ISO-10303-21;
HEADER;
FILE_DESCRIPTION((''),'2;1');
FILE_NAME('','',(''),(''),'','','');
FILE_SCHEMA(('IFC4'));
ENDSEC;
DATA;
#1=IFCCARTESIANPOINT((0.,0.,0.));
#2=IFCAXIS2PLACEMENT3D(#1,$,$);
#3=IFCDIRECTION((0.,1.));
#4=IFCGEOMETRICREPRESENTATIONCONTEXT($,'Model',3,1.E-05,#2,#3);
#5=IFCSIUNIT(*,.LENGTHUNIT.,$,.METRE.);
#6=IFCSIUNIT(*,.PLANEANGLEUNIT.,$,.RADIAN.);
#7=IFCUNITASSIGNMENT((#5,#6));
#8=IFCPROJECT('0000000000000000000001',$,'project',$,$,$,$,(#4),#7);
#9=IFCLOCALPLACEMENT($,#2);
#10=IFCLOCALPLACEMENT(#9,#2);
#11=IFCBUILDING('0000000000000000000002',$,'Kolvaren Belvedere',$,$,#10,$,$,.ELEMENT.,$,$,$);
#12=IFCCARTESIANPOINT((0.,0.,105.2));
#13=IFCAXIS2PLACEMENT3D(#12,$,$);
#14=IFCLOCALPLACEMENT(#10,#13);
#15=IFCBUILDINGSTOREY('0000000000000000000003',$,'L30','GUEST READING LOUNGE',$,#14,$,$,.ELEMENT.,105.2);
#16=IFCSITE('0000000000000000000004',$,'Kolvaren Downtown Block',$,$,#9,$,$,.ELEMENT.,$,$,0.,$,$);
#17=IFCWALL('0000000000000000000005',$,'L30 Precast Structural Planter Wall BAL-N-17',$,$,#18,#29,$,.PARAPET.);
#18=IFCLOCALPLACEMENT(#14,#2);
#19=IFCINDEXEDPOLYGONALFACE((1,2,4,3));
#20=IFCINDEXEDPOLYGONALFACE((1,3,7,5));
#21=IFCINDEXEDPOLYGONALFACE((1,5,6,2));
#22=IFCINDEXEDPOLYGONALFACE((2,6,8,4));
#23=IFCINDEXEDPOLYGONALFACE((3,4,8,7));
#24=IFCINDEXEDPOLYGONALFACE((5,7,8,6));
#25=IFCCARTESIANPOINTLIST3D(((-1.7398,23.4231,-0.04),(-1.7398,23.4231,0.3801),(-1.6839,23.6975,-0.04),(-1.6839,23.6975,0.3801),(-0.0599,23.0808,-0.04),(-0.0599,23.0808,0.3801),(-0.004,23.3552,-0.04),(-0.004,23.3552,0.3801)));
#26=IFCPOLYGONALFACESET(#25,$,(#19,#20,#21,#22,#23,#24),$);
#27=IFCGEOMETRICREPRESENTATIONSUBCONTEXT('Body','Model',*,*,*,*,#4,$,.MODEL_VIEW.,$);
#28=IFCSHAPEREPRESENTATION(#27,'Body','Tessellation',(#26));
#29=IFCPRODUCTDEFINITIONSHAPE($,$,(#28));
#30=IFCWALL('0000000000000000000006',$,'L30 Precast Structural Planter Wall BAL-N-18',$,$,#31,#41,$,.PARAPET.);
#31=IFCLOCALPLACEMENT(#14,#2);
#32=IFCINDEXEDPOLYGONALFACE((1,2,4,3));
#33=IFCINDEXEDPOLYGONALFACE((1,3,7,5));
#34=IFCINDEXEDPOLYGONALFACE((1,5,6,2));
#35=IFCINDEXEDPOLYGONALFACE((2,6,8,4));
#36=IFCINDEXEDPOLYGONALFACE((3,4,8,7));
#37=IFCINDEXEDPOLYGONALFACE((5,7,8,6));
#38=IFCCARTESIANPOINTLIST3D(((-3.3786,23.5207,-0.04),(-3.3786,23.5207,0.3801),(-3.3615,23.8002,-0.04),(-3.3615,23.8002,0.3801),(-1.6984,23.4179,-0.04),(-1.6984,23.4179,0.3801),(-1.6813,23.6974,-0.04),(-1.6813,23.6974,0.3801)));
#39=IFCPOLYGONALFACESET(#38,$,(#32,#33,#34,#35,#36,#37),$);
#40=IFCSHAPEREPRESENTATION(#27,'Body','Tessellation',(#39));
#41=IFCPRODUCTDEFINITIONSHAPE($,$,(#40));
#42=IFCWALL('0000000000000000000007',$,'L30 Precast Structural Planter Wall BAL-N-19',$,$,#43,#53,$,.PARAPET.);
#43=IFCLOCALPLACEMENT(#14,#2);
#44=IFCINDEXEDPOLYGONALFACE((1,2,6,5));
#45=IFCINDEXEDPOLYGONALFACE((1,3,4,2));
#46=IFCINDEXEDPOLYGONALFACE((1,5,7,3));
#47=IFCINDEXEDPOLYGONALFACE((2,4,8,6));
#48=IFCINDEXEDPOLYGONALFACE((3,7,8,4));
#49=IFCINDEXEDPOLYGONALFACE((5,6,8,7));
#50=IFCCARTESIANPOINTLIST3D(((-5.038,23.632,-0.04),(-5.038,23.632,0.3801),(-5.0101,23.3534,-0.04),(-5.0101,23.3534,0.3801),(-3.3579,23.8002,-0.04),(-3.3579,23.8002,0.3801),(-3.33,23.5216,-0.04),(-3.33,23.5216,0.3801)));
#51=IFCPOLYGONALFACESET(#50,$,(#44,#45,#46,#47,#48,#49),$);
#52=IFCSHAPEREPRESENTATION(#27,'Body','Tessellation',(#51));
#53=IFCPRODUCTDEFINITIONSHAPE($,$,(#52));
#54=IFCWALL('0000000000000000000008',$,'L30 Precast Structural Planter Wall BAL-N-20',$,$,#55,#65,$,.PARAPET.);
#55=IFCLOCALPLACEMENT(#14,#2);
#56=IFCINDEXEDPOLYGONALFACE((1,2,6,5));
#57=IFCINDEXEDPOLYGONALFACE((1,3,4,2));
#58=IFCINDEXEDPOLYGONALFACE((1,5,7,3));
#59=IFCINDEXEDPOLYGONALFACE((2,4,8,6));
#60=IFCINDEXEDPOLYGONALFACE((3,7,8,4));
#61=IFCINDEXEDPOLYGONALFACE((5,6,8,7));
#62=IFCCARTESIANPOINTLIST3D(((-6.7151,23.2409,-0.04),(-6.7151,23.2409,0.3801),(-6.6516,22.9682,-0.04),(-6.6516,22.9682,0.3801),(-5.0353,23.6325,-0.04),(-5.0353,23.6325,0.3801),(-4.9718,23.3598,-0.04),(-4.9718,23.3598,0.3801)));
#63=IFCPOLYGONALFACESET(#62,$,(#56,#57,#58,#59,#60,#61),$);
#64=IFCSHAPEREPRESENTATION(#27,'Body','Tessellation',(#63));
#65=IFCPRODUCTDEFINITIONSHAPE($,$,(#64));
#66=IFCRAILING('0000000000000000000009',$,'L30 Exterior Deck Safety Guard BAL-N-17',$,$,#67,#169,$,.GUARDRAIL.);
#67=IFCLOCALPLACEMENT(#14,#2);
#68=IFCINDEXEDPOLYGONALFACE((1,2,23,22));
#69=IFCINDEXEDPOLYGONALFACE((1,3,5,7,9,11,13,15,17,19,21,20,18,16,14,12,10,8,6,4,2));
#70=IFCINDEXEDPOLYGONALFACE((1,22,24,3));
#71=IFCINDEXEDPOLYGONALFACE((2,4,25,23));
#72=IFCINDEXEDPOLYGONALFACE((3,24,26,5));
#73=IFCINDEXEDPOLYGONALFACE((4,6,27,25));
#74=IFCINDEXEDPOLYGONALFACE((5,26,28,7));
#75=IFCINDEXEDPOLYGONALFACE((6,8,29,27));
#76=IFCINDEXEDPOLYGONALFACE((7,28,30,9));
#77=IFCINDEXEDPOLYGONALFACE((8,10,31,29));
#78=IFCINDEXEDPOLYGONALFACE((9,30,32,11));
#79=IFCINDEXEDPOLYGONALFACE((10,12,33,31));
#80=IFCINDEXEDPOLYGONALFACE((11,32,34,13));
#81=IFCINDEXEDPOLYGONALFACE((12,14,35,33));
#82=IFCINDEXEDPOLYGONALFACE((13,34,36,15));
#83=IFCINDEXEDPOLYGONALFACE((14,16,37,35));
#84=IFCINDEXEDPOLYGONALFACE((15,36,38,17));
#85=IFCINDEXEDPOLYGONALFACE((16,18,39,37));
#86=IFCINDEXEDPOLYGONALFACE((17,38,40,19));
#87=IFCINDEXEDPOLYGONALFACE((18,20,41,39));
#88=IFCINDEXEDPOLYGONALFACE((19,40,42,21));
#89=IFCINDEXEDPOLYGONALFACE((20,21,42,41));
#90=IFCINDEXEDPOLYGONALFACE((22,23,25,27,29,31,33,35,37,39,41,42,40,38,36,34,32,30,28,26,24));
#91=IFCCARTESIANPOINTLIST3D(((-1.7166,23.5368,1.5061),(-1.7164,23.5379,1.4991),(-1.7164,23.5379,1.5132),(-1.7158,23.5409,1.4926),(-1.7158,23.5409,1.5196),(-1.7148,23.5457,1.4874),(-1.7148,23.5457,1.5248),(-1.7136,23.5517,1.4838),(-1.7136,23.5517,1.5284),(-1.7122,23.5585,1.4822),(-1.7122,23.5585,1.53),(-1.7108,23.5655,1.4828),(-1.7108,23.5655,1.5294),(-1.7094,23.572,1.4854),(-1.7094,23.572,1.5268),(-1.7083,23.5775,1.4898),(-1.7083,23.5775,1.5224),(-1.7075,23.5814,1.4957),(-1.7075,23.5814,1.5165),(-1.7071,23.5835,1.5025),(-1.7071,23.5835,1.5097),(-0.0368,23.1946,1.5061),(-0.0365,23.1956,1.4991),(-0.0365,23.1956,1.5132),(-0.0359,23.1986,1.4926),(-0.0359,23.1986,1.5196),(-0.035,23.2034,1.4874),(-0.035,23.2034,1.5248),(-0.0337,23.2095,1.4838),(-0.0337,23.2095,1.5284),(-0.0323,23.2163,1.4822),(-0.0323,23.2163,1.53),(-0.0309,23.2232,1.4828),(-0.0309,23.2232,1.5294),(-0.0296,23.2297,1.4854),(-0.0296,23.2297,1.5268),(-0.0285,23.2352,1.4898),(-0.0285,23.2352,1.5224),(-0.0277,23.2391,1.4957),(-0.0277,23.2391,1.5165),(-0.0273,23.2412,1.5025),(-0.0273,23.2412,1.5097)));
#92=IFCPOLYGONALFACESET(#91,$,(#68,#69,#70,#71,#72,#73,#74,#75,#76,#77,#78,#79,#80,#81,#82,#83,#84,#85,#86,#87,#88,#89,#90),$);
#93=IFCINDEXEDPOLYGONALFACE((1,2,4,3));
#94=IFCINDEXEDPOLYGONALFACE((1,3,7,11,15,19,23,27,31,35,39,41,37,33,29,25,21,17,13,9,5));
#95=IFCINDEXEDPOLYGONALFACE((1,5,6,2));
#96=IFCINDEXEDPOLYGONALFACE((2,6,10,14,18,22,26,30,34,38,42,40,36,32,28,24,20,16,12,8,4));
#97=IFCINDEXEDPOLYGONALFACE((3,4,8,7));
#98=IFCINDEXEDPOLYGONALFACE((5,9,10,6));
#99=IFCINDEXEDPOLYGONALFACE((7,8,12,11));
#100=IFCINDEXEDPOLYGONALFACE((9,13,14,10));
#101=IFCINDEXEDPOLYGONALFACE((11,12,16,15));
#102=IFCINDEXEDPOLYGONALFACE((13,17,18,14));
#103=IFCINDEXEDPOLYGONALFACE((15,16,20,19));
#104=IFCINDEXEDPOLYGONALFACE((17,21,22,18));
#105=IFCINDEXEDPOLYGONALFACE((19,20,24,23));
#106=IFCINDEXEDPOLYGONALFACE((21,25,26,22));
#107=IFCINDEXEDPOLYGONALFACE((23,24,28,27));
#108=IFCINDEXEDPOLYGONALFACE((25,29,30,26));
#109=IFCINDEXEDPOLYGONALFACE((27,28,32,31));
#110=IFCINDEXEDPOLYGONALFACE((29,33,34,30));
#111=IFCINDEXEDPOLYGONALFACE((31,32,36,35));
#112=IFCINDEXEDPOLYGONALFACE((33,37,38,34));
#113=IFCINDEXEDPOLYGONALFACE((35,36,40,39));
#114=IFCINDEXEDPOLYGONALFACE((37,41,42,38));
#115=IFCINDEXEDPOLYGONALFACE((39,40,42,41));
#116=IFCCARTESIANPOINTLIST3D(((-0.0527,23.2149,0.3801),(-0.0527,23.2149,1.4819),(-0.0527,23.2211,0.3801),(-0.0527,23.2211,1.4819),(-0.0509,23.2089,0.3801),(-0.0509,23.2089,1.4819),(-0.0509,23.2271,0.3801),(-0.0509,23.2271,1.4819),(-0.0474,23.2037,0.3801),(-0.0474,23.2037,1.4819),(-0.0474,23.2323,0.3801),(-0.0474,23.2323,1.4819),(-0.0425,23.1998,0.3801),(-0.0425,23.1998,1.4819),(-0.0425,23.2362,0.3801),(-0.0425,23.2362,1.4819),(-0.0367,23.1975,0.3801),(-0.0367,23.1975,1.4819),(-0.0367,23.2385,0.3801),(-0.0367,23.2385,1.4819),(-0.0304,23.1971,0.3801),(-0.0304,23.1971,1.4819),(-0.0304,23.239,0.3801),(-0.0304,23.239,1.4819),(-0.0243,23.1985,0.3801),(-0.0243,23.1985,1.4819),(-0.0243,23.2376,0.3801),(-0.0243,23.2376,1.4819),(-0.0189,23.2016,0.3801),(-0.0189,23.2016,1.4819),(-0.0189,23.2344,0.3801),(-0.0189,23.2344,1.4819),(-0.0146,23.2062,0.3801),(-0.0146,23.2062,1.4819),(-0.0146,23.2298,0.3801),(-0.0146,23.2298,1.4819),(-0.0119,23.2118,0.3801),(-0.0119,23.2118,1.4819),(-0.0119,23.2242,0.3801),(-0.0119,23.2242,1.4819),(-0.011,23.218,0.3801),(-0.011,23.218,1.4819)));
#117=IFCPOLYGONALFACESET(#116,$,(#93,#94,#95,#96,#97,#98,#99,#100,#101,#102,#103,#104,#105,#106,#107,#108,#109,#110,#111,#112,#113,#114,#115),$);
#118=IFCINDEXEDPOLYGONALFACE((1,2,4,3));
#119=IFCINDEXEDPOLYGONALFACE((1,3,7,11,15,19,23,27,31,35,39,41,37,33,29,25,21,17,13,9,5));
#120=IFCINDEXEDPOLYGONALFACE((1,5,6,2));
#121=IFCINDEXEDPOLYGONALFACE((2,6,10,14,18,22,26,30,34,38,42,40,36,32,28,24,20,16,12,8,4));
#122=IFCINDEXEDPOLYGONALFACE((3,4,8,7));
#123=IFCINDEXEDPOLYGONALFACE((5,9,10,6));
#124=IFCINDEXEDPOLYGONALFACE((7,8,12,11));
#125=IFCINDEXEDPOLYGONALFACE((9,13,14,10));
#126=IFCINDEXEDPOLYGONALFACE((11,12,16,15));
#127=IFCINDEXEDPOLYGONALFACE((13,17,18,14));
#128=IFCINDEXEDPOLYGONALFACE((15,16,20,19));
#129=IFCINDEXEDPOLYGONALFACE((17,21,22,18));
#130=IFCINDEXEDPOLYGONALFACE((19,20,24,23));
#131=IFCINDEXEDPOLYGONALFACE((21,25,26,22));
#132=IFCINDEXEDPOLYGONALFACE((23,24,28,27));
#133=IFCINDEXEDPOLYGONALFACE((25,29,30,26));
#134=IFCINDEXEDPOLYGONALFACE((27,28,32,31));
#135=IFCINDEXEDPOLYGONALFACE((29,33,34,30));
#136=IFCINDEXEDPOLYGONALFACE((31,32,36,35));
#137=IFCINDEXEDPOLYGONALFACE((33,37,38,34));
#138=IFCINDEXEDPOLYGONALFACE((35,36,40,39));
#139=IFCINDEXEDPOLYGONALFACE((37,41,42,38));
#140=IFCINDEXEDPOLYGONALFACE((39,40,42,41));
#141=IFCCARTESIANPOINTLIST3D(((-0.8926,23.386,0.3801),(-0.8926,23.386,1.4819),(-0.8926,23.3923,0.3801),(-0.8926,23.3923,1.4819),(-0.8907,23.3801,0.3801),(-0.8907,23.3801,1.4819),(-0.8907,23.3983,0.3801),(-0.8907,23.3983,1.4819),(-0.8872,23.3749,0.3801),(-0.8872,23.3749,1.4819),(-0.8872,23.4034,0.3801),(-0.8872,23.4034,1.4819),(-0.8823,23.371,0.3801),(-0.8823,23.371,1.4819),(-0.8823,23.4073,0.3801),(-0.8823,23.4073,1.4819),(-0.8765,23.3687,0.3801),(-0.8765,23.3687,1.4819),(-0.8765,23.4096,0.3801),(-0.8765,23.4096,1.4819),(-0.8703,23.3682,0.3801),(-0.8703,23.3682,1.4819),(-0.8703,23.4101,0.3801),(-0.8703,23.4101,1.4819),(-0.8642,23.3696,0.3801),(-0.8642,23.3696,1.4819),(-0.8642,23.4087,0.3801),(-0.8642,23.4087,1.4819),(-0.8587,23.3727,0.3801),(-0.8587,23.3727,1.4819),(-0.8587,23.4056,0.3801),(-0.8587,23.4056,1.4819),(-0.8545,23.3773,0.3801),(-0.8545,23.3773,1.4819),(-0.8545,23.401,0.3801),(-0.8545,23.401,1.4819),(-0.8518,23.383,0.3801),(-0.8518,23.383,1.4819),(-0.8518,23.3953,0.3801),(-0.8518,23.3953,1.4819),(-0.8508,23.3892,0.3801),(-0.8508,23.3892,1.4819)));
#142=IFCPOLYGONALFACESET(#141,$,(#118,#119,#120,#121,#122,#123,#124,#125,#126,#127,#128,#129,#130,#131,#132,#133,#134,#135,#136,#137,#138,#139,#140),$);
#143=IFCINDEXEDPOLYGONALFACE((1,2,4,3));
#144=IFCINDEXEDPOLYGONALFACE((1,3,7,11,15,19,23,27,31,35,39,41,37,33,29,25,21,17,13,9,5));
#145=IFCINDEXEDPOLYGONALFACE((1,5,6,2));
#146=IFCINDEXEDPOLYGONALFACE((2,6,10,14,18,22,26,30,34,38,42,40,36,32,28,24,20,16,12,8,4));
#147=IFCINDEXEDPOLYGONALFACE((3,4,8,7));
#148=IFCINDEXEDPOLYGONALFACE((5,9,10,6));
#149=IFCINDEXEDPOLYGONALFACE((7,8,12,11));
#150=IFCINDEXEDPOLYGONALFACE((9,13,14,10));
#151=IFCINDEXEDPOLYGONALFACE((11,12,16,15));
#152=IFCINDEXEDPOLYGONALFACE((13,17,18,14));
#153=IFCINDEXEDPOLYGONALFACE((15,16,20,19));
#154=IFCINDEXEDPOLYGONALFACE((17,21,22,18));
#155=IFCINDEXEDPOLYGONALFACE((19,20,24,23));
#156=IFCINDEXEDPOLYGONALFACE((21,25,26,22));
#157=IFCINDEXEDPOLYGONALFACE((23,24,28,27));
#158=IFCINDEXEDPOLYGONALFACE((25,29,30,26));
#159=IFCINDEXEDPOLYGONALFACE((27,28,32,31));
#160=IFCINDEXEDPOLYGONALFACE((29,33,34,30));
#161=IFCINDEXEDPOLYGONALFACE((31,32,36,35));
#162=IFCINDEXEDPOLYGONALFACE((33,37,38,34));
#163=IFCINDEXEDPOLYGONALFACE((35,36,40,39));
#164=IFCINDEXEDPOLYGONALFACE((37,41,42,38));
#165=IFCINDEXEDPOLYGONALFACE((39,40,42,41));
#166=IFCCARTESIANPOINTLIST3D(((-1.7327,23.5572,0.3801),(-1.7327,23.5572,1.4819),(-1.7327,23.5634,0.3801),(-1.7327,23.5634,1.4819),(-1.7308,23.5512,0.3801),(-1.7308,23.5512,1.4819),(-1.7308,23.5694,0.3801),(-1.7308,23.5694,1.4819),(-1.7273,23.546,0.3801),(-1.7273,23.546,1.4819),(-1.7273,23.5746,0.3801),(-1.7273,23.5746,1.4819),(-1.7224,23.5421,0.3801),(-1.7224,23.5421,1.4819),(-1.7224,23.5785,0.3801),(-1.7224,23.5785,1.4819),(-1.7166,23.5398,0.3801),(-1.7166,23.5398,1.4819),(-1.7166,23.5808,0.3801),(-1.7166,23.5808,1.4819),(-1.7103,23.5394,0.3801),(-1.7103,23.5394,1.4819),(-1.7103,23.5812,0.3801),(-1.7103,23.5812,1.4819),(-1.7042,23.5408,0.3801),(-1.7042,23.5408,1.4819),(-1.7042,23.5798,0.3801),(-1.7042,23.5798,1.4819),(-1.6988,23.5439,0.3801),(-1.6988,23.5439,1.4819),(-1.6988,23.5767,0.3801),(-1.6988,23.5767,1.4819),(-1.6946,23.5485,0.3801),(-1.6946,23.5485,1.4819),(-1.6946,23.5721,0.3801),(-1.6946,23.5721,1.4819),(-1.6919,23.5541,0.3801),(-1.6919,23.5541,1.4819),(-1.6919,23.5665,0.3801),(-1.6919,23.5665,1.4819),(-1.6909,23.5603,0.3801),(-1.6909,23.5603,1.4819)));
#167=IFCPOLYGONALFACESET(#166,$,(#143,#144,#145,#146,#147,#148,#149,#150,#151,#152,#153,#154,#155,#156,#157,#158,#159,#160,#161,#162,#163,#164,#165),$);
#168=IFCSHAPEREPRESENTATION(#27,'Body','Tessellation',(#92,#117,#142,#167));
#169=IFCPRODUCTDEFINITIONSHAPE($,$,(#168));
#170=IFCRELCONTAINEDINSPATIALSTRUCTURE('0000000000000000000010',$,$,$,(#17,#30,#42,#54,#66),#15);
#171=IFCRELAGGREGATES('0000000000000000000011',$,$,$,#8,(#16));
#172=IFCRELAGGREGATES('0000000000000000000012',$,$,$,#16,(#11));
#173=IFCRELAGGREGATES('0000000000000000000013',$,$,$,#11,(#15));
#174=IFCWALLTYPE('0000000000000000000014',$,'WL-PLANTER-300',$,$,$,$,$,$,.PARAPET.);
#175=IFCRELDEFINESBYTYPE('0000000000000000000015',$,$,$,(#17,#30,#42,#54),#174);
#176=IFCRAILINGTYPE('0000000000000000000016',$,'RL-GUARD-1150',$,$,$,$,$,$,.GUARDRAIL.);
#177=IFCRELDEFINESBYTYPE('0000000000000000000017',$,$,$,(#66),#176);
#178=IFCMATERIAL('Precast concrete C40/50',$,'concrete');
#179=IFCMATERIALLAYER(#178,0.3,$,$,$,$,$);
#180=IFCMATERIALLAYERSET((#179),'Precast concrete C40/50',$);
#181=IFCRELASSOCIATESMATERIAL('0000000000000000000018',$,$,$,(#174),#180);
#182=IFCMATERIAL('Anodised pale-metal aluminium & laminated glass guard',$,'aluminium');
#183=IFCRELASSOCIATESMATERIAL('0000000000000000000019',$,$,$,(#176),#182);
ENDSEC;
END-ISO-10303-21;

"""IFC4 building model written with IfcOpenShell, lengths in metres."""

from ifc_helpers import new_model, si_unit, direction, frame, frame_2d, origin, origin_2d, place, context, subcontext, project, spatial, rectangle, circle, extrude, material, layer, layer_set, type_object, element, save


model = new_model("IFC4")

# Units and contexts
model_context = context("Model", 3, precision=1e-05, world=origin(), true_north=direction((0.0, 1.0)))
body_context = subcontext(model_context, "Body", "Model", "MODEL_VIEW")
ifc_project = project(units=[si_unit("LENGTHUNIT", "METRE"), si_unit("PLANEANGLEUNIT", "RADIAN")], contexts=[model_context])

# Site, building, storey
site_placement = place(None, origin())
site = spatial("IfcSite", under=ifc_project, at=site_placement, Name="Kolvaren Downtown Block", CompositionType="ELEMENT", RefElevation=0.0)
building_placement = place(site_placement, origin())
building = spatial("IfcBuilding", under=site, at=building_placement, Name="Kolvaren Belvedere", CompositionType="ELEMENT")
storey_placement = place(building_placement, frame((0.0, 0.0, 105.2)))
storey = spatial("IfcBuildingStorey", under=building, at=storey_placement, Name="L30", Description="GUEST READING LOUNGE", CompositionType="ELEMENT", Elevation=105.2)

# Walls
ifc_material_1 = material(Name="Precast concrete C40/50", Category="concrete")
ifc_layer_1 = layer(ifc_material_1, 0.3)
ifc_layer_set_1 = layer_set([ifc_layer_1], Name="Precast concrete C40/50")
wall_type_1 = type_object("IfcWallType", Name="WL-PLANTER-300", PredefinedType="PARAPET", material=ifc_layer_set_1)
wall_1_placement = place(storey_placement, frame((-0.032, 23.218, -0.04), z_axis=(0.0, 0.0, 1.0), x_axis=(-0.979868, 0.199648, 0.0)))
element("IfcWall", 1, at=wall_1_placement, inside=storey, type_object=wall_type_1, Name="L30 Precast Structural Planter Wall BAL-N-17", PredefinedType="PARAPET", context=body_context, shape_type="SweptSolid", body=[
    extrude(rectangle(XDim=1.7144, YDim=0.28, at=frame_2d((0.8572, 0.0))), origin(), (0.0, 0.0, 1.0), 0.4202),
])
wall_2_placement = place(storey_placement, frame((-1.6897, 23.5576, -0.04), z_axis=(0.0, 0.0, 1.0), x_axis=(-0.998134, 0.06106, 0.0)))
element("IfcWall", 2, at=wall_2_placement, inside=storey, type_object=wall_type_1, Name="L30 Precast Structural Planter Wall BAL-N-18", PredefinedType="PARAPET", context=body_context, shape_type="SweptSolid", body=[
    extrude(rectangle(XDim=1.6833, YDim=0.28, at=frame_2d((0.8418, 0.0))), origin(), (0.0, 0.0, 1.0), 0.4202),
])
wall_3_placement = place(storey_placement, frame((-3.344, 23.6609, -0.04), z_axis=(0.0, 0.0, 1.0), x_axis=(-0.995026, -0.099618, 0.0)))
element("IfcWall", 3, at=wall_3_placement, inside=storey, type_object=wall_type_1, Name="L30 Precast Structural Planter Wall BAL-N-19", PredefinedType="PARAPET", context=body_context, shape_type="SweptSolid", body=[
    extrude(rectangle(XDim=1.6885, YDim=0.28, at=frame_2d((0.8442, 0.0))), origin(), (0.0, 0.0, 1.0), 0.4202),
])
wall_4_placement = place(storey_placement, frame((-5.0037, 23.4961, -0.04), z_axis=(0.0, 0.0, 1.0), x_axis=(-0.97389, -0.227019, 0.0)))
element("IfcWall", 4, at=wall_4_placement, inside=storey, type_object=wall_type_1, Name="L30 Precast Structural Planter Wall BAL-N-20", PredefinedType="PARAPET", context=body_context, shape_type="SweptSolid", body=[
    extrude(rectangle(XDim=1.7249, YDim=0.28, at=frame_2d((0.8623, 0.0))), origin(), (0.0, 0.0, 1.0), 0.4202),
])

# Railing
ifc_material_2 = material(Name="Anodised pale-metal aluminium & laminated glass guard", Category="aluminium")
railing_type = type_object("IfcRailingType", Name="RL-GUARD-1150", PredefinedType="GUARDRAIL", material=ifc_material_2)
railing_1_placement = place(storey_placement, frame((-0.032, 23.218, 0.3801)))
element("IfcRailing", 5, at=railing_1_placement, inside=storey, type_object=railing_type, Name="L30 Exterior Deck Safety Guard BAL-N-17", PredefinedType="GUARDRAIL", context=body_context, shape_type="SweptSolid", body=[
    extrude(circle(Radius=0.0239, at=origin_2d()), frame((0.0, 0.0, 1.126), z_axis=(-0.979868, 0.199648, 0.0), x_axis=(-0.199648, -0.979868, 0.0)), (0.0, 0.0, 1.0), 1.7144),
    extrude(circle(Radius=0.021, at=origin_2d()), origin(), (0.0, 0.0, 1.0), 1.1018),
    extrude(circle(Radius=0.021, at=origin_2d()), frame((-0.8398, 0.1711, 0.0)), (0.0, 0.0, 1.0), 1.1018),
    extrude(circle(Radius=0.021, at=origin_2d()), frame((-1.6799, 0.3423, 0.0)), (0.0, 0.0, 1.0), 1.1018),
])

save(model, "model.ifc")
